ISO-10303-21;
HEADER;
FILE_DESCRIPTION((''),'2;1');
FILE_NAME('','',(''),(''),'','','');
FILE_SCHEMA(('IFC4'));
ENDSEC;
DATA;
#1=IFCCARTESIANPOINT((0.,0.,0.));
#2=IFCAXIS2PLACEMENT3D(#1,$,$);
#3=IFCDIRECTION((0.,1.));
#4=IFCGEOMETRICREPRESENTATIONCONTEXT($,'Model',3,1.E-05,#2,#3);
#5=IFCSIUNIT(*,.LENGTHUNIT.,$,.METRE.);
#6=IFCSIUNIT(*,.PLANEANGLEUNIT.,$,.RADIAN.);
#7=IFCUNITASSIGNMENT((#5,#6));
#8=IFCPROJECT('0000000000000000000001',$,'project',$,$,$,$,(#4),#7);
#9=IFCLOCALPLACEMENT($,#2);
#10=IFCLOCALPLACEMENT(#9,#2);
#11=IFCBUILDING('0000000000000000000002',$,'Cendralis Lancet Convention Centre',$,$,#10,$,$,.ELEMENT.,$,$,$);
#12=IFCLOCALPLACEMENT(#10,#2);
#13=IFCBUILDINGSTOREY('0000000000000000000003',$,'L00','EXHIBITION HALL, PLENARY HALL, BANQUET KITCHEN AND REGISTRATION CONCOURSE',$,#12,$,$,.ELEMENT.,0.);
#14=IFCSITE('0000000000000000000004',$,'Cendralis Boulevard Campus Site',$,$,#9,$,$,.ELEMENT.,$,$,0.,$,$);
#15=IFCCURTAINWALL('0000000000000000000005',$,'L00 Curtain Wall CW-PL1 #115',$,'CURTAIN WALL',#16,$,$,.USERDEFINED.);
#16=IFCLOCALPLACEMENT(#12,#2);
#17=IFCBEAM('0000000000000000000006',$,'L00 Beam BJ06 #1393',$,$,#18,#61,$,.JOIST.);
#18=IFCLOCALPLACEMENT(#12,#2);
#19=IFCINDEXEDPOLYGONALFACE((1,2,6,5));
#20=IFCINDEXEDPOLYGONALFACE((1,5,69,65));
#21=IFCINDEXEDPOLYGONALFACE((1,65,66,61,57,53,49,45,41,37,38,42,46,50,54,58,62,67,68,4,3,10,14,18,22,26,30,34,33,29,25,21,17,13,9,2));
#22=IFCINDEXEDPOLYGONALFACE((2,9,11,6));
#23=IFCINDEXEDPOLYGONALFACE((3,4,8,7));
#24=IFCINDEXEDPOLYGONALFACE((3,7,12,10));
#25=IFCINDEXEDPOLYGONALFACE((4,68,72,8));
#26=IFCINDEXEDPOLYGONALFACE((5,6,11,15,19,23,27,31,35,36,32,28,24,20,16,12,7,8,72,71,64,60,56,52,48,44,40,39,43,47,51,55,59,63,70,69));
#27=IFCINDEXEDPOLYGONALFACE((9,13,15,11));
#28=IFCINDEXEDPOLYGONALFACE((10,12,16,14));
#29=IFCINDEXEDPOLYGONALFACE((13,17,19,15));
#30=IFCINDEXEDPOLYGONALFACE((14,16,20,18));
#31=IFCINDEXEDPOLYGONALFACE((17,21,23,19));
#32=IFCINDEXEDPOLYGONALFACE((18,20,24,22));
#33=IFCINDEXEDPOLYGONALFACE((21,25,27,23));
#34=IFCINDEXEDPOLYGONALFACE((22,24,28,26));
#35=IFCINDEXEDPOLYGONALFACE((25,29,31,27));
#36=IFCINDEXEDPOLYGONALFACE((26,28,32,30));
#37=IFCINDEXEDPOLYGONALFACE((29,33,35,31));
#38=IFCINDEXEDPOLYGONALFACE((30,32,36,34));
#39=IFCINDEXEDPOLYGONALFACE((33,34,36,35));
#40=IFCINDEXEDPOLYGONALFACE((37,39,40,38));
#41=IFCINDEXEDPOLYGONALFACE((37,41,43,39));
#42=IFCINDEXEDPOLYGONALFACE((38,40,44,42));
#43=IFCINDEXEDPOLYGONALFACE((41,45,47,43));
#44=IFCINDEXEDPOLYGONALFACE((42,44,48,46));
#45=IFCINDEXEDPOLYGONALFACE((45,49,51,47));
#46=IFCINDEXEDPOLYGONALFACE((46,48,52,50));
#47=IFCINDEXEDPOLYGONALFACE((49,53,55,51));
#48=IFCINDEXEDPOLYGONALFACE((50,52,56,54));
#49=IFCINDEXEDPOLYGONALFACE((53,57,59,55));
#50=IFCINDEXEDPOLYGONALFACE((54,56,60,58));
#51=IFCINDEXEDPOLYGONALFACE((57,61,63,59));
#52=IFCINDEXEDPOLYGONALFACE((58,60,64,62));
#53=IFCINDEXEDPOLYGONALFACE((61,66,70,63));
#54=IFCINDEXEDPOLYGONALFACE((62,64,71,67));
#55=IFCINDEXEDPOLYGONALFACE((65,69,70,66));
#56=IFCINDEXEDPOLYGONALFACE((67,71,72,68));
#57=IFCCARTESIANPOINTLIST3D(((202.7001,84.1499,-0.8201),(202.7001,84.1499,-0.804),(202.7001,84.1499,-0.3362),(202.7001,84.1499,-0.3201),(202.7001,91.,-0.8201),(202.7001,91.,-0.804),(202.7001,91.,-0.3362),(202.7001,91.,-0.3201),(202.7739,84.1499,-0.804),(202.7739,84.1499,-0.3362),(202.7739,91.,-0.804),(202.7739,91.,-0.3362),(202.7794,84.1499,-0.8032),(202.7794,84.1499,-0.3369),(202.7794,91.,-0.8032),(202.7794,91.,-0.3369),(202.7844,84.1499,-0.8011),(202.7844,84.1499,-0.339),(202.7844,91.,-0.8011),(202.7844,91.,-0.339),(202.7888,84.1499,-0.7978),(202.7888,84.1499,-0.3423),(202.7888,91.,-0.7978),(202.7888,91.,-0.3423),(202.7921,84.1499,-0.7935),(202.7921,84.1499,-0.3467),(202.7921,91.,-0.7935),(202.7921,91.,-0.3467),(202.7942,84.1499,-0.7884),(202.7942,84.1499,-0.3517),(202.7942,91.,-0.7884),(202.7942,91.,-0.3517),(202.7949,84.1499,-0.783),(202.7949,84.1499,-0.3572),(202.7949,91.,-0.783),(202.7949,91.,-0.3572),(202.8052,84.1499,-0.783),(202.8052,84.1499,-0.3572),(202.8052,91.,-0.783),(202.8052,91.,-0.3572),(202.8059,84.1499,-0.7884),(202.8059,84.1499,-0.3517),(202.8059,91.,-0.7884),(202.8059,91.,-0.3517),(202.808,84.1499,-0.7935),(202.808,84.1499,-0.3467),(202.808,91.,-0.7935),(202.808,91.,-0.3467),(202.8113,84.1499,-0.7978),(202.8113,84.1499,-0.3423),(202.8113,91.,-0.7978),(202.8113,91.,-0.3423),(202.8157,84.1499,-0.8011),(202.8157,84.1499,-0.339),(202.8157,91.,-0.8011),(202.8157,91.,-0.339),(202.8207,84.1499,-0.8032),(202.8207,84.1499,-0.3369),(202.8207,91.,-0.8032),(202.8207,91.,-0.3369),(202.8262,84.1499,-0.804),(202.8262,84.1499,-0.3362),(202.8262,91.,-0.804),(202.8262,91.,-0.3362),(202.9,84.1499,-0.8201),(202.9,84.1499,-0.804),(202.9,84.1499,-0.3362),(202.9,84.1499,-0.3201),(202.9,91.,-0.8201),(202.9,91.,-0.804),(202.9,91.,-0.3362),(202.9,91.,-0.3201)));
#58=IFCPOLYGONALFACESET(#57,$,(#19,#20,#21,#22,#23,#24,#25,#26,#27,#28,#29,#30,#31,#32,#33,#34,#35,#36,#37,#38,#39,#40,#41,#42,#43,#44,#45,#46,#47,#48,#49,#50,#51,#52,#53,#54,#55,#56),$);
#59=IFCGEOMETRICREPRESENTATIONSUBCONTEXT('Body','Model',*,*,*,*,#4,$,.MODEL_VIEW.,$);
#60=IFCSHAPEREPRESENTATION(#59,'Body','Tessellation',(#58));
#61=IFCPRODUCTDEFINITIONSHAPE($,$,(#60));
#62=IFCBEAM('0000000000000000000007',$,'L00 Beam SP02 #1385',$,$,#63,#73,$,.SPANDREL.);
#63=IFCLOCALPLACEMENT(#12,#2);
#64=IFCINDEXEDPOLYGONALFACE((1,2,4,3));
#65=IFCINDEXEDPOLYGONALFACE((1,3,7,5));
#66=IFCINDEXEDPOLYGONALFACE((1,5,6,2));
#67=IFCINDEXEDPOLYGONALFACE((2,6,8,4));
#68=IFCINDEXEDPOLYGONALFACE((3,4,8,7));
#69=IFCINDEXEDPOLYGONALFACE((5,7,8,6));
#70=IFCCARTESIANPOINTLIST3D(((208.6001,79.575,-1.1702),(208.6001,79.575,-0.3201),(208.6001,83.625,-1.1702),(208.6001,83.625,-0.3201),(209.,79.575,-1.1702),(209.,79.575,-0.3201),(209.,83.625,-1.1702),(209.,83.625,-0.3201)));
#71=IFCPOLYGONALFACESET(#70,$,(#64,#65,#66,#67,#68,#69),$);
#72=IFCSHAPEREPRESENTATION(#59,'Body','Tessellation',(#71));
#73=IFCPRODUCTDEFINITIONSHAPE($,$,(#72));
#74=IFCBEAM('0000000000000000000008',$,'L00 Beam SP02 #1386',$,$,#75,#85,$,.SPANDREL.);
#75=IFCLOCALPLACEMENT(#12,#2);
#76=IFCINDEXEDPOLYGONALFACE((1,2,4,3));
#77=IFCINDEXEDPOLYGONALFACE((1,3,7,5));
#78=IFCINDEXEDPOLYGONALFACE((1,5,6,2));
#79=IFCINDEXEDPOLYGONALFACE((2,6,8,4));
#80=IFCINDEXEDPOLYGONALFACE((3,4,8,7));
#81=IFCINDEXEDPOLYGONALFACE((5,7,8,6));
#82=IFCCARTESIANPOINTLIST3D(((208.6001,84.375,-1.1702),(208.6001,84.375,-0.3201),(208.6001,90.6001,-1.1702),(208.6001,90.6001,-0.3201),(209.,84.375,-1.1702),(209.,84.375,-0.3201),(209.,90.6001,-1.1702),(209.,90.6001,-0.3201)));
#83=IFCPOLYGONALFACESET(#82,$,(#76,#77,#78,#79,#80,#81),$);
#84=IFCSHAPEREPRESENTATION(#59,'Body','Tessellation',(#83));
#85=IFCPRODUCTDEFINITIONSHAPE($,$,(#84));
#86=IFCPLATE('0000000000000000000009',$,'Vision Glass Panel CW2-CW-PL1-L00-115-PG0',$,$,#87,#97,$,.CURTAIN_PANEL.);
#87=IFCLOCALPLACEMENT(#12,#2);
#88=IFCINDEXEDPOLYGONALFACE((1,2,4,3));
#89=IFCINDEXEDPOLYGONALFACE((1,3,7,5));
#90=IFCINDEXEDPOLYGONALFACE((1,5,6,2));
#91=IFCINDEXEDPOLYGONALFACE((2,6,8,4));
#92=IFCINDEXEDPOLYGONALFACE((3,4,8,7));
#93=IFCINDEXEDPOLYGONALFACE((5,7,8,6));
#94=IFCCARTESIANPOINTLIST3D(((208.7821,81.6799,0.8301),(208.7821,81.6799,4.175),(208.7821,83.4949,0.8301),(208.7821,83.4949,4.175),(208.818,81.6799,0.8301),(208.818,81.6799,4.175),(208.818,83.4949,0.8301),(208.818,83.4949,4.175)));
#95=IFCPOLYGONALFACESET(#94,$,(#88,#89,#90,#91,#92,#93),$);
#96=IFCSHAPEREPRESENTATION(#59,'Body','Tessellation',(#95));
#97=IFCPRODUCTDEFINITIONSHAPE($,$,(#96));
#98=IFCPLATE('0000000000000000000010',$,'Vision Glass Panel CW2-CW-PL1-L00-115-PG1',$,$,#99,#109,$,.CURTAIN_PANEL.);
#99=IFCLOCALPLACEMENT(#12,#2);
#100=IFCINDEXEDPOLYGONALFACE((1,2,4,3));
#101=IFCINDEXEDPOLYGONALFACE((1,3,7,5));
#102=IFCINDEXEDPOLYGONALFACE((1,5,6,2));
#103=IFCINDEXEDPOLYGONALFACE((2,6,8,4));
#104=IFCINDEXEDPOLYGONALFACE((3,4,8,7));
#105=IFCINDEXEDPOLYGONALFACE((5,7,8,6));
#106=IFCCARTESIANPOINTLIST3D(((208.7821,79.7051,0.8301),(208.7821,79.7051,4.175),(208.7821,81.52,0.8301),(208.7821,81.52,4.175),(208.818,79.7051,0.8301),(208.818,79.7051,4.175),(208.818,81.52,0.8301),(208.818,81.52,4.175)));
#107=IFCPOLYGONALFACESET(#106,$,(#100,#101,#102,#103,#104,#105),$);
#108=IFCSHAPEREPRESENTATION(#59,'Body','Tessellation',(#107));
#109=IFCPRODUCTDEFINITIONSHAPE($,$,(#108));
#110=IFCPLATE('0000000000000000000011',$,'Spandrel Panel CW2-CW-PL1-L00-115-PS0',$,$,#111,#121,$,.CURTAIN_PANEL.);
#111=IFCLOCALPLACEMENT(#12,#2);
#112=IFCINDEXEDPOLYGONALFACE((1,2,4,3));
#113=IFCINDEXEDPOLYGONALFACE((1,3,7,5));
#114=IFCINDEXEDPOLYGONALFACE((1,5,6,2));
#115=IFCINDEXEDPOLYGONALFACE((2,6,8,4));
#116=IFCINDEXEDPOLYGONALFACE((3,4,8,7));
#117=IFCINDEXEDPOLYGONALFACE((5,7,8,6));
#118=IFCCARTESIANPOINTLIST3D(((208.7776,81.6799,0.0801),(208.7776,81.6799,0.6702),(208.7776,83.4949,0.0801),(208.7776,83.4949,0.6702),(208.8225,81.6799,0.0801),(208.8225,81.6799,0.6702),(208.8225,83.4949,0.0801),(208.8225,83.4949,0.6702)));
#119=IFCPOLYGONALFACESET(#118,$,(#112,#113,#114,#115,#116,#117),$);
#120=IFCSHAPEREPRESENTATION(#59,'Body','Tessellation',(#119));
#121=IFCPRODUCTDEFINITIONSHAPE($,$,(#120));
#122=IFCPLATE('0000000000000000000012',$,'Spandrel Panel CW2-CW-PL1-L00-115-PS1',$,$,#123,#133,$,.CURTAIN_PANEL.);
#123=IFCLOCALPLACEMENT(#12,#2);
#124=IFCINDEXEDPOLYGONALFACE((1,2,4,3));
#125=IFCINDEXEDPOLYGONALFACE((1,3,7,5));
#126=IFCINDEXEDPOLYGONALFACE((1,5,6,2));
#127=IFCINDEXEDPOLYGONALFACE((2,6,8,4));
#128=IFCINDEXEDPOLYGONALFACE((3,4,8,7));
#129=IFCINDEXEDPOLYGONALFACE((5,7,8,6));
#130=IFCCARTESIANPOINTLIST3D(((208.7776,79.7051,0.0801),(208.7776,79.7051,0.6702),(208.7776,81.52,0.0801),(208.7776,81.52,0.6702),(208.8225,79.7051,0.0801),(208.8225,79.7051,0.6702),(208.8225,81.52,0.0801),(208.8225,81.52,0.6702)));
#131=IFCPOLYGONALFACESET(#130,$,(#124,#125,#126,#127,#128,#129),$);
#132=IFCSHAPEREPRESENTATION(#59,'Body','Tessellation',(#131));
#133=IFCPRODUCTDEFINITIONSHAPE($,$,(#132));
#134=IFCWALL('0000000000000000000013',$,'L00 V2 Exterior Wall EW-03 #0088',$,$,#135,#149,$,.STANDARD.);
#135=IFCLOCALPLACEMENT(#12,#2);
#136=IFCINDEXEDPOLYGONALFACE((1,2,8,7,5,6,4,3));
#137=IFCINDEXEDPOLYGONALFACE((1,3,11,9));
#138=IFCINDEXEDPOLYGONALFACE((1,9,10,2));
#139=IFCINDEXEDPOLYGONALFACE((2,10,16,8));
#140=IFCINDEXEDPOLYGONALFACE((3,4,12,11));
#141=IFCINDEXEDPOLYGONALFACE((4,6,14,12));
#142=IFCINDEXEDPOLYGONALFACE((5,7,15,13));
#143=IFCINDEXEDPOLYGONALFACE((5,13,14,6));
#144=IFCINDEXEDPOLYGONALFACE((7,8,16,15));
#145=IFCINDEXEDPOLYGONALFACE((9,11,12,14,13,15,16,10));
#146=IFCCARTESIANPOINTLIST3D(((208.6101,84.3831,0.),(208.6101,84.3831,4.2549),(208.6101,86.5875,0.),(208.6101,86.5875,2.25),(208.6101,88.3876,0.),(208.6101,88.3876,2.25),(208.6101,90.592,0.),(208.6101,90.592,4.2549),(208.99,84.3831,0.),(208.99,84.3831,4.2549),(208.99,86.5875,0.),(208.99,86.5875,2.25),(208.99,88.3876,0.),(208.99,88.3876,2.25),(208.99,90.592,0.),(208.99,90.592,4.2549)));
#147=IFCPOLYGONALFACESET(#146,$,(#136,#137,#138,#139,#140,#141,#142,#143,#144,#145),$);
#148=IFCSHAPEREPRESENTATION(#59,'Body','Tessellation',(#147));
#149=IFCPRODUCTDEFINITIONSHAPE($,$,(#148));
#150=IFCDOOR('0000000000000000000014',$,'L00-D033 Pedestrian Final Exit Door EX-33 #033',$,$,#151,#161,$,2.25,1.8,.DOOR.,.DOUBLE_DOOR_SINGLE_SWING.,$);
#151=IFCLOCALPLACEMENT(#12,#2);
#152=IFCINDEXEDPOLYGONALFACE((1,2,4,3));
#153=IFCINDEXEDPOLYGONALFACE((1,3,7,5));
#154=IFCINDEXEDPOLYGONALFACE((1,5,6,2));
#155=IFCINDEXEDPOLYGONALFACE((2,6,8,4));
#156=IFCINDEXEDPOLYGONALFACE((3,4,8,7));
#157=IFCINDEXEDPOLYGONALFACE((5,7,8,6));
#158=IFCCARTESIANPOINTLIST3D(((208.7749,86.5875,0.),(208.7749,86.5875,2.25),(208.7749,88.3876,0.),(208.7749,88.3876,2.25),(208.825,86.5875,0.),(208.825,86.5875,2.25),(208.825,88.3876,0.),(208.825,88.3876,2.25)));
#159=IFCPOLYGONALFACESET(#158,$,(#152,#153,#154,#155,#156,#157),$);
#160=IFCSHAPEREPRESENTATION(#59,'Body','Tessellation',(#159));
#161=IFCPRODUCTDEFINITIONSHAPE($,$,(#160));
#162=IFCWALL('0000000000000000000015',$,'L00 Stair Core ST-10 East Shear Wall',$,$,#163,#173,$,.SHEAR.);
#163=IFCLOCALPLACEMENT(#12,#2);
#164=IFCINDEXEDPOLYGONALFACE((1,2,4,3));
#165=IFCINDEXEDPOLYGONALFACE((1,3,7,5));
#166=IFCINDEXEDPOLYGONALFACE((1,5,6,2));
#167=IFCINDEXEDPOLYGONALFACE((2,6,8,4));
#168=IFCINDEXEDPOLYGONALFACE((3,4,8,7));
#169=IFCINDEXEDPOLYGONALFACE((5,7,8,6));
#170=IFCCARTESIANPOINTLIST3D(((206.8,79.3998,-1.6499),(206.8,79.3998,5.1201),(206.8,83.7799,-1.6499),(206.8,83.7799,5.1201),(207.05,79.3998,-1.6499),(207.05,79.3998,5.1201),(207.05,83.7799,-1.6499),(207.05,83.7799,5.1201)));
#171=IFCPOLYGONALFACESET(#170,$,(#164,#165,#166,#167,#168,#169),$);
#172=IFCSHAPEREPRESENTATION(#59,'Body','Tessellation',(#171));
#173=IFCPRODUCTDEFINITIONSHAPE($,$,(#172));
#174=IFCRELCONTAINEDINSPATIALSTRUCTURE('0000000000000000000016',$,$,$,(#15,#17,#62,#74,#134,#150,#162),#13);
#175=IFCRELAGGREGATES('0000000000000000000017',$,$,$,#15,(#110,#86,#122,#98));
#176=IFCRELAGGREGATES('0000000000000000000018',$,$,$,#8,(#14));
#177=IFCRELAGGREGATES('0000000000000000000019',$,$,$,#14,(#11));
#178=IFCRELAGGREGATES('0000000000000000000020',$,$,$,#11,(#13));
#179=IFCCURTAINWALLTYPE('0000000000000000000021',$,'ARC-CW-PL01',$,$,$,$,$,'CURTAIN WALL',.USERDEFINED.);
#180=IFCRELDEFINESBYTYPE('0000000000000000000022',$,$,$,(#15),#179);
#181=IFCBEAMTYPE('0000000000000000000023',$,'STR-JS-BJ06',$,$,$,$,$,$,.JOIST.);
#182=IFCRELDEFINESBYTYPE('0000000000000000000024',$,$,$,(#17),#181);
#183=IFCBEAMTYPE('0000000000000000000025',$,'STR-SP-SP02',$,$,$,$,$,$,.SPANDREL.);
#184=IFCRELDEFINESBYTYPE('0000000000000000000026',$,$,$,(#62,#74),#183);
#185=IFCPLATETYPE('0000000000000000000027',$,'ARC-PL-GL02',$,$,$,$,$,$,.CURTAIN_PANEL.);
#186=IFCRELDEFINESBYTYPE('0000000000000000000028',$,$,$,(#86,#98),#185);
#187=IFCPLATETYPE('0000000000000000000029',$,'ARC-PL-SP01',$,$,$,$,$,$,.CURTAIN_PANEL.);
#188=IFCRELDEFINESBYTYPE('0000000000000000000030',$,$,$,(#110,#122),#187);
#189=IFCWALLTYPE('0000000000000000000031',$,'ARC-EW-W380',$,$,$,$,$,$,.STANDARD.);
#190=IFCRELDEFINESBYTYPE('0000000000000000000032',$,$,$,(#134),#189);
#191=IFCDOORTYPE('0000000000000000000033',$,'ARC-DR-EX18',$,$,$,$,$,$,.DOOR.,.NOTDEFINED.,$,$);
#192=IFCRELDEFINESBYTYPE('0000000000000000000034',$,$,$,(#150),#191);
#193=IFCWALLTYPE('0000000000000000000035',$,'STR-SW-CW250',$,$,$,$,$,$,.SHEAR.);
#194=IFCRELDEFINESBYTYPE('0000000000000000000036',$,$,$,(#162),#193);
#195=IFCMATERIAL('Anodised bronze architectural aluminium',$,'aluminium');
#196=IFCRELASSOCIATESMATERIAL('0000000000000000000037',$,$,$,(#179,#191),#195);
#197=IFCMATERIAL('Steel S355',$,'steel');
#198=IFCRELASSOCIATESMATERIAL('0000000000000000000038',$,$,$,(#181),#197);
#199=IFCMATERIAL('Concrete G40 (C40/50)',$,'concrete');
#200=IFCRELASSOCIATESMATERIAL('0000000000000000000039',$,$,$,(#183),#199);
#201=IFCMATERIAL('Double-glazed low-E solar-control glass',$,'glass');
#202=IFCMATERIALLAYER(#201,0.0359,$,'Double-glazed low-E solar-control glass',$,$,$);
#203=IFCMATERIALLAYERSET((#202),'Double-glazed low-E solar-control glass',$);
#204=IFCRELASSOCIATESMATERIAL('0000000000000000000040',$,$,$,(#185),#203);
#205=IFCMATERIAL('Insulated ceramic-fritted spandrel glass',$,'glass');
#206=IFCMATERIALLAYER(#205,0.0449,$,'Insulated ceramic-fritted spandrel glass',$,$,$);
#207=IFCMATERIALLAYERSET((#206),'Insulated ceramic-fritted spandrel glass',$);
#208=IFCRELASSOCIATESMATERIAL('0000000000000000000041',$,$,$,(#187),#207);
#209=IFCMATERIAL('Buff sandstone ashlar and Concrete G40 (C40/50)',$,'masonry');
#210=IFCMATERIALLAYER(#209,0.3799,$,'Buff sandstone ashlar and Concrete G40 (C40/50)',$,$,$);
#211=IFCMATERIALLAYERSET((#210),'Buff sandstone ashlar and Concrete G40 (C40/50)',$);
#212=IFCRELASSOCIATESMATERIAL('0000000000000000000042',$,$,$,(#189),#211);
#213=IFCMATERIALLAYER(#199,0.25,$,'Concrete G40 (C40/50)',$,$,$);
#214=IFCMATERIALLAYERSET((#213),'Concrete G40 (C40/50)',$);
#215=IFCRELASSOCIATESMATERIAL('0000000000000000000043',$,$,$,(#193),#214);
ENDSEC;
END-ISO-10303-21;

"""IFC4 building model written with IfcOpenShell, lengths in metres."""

from ifc_helpers import new_model, si_unit, direction, frame, frame_2d, origin, origin_2d, place, context, subcontext, project, spatial, rectangle, i_section, extrude, material, layer, layer_set, material_profile, profile_set, type_object, element, fill, aggregate, save


model = new_model("IFC4")

# Units and contexts
model_context = context("Model", 3, precision=1e-05, world=origin(), true_north=direction((0.0, 1.0)))
body_context = subcontext(model_context, "Body", "Model", "MODEL_VIEW")
ifc_project = project(units=[si_unit("LENGTHUNIT", "METRE"), si_unit("PLANEANGLEUNIT", "RADIAN")], contexts=[model_context])

# Site, building, storey
site_placement = place(None, origin())
site = spatial("IfcSite", under=ifc_project, at=site_placement, Name="Cendralis Boulevard Campus Site", CompositionType="ELEMENT", RefElevation=0.0)
building_placement = place(site_placement, origin())
building = spatial("IfcBuilding", under=site, at=building_placement, Name="Cendralis Lancet Convention Centre", CompositionType="ELEMENT")
storey_placement = place(building_placement, origin())
storey = spatial("IfcBuildingStorey", under=building, at=storey_placement, Name="L00", Description="EXHIBITION HALL, PLENARY HALL, BANQUET KITCHEN AND REGISTRATION CONCOURSE", CompositionType="ELEMENT", Elevation=0.0)

# Shared definitions
ifc_material_1 = material(Name="Concrete G40 (C40/50)", Category="concrete")

# Curtain wall
ifc_material_2 = material(Name="Anodised bronze architectural aluminium", Category="aluminium")
curtain_wall_type = type_object("IfcCurtainWallType", Name="ARC-CW-PL01", ElementType="CURTAIN WALL", PredefinedType="USERDEFINED", material=ifc_material_2)
curtain_wall_placement = place(storey_placement, origin())
curtain_wall = element("IfcCurtainWall", 1, at=curtain_wall_placement, inside=storey, type_object=curtain_wall_type, Name="L00 Curtain Wall CW-PL1 #115", ObjectType="CURTAIN WALL", PredefinedType="USERDEFINED")

# Beams
ifc_material_3 = material(Name="Steel S355", Category="steel")
ifc_material_profile_1 = material_profile(ifc_material_3, i_section(OverallWidth=0.2, OverallDepth=0.5, WebThickness=0.0103, FlangeThickness=0.0161, FilletRadius=0.021, at=origin_2d()), Name="IPE 500")
ifc_profile_set_1 = profile_set([ifc_material_profile_1], Name="Steel S355")
beam_type_1 = type_object("IfcBeamType", Name="STR-JS-BJ06", PredefinedType="JOIST", material=ifc_profile_set_1)
beam_1_placement = place(storey_placement, frame((202.8, 84.1499, -0.5701), z_axis=(0.0, 1.0, 0.0), x_axis=(-1.0, 0.0, 0.0)))
element("IfcBeam", 2, at=beam_1_placement, inside=storey, type_object=beam_type_1, Name="L00 Beam BJ06 #1393", PredefinedType="JOIST", context=body_context, shape_type="SweptSolid", body=[
    extrude(i_section(OverallWidth=0.2, OverallDepth=0.5, WebThickness=0.0103, FlangeThickness=0.0161, FilletRadius=0.021, at=origin_2d()), origin(), (0.0, 0.0, 1.0), 6.8501),
])
ifc_material_profile_2 = material_profile(ifc_material_1, rectangle(XDim=0.3999, YDim=0.8501, at=origin_2d()), Name="RCB 400x850")
ifc_profile_set_2 = profile_set([ifc_material_profile_2], Name="Concrete G40 (C40/50)")
beam_type_2 = type_object("IfcBeamType", Name="STR-SP-SP02", PredefinedType="SPANDREL", material=ifc_profile_set_2)
beam_2_placement = place(storey_placement, frame((208.8, 79.575, -0.7451), z_axis=(0.0, 1.0, 0.0), x_axis=(-1.0, 0.0, 0.0)))
element("IfcBeam", 3, at=beam_2_placement, inside=storey, type_object=beam_type_2, Name="L00 Beam SP02 #1385", PredefinedType="SPANDREL", context=body_context, shape_type="SweptSolid", body=[
    extrude(rectangle(XDim=0.3999, YDim=0.8501, at=origin_2d()), origin(), (0.0, 0.0, 1.0), 4.05),
])
beam_3_placement = place(storey_placement, frame((208.8, 84.375, -0.7451), z_axis=(0.0, 1.0, 0.0), x_axis=(-1.0, 0.0, 0.0)))
element("IfcBeam", 4, at=beam_3_placement, inside=storey, type_object=beam_type_2, Name="L00 Beam SP02 #1386", PredefinedType="SPANDREL", context=body_context, shape_type="SweptSolid", body=[
    extrude(rectangle(XDim=0.3999, YDim=0.8501, at=origin_2d()), origin(), (0.0, 0.0, 1.0), 6.2251),
])

# Plates
ifc_material_4 = material(Name="Double-glazed low-E solar-control glass", Category="glass")
ifc_layer_1 = layer(ifc_material_4, 0.0359, Name="Double-glazed low-E solar-control glass")
ifc_layer_set_1 = layer_set([ifc_layer_1], Name="Double-glazed low-E solar-control glass")
plate_type_1 = type_object("IfcPlateType", Name="ARC-PL-GL02", PredefinedType="CURTAIN_PANEL", material=ifc_layer_set_1)
plate_1_placement = place(storey_placement, frame((208.8, 82.5874, 0.8301), z_axis=(0.0, 0.0, 1.0), x_axis=(0.0, -1.0, 0.0)))
plate_1 = element("IfcPlate", 5, at=plate_1_placement, type_object=plate_type_1, Name="Vision Glass Panel CW2-CW-PL1-L00-115-PG0", PredefinedType="CURTAIN_PANEL", context=body_context, shape_type="SweptSolid", body=[
    extrude(rectangle(XDim=1.8149, YDim=0.0359, at=origin_2d()), origin(), (0.0, 0.0, 1.0), 3.345),
])
plate_2_placement = place(storey_placement, frame((208.8, 80.6125, 0.8301), z_axis=(0.0, 0.0, 1.0), x_axis=(0.0, -1.0, 0.0)))
plate_2 = element("IfcPlate", 6, at=plate_2_placement, type_object=plate_type_1, Name="Vision Glass Panel CW2-CW-PL1-L00-115-PG1", PredefinedType="CURTAIN_PANEL", context=body_context, shape_type="SweptSolid", body=[
    extrude(rectangle(XDim=1.8149, YDim=0.0359, at=origin_2d()), origin(), (0.0, 0.0, 1.0), 3.345),
])
ifc_material_5 = material(Name="Insulated ceramic-fritted spandrel glass", Category="glass")
ifc_layer_2 = layer(ifc_material_5, 0.0449, Name="Insulated ceramic-fritted spandrel glass")
ifc_layer_set_2 = layer_set([ifc_layer_2], Name="Insulated ceramic-fritted spandrel glass")
plate_type_2 = type_object("IfcPlateType", Name="ARC-PL-SP01", PredefinedType="CURTAIN_PANEL", material=ifc_layer_set_2)
plate_3_placement = place(storey_placement, frame((208.8, 82.5874, 0.0801), z_axis=(0.0, 0.0, 1.0), x_axis=(0.0, -1.0, 0.0)))
plate_3 = element("IfcPlate", 7, at=plate_3_placement, type_object=plate_type_2, Name="Spandrel Panel CW2-CW-PL1-L00-115-PS0", PredefinedType="CURTAIN_PANEL", context=body_context, shape_type="SweptSolid", body=[
    extrude(rectangle(XDim=1.8149, YDim=0.0449, at=origin_2d()), origin(), (0.0, 0.0, 1.0), 0.5901),
])
plate_4_placement = place(storey_placement, frame((208.8, 80.6125, 0.0801), z_axis=(0.0, 0.0, 1.0), x_axis=(0.0, -1.0, 0.0)))
plate_4 = element("IfcPlate", 8, at=plate_4_placement, type_object=plate_type_2, Name="Spandrel Panel CW2-CW-PL1-L00-115-PS1", PredefinedType="CURTAIN_PANEL", context=body_context, shape_type="SweptSolid", body=[
    extrude(rectangle(XDim=1.8149, YDim=0.0449, at=origin_2d()), origin(), (0.0, 0.0, 1.0), 0.5901),
])
aggregate(curtain_wall, [plate_3, plate_1, plate_4, plate_2])

# Wall, opening, door
ifc_material_6 = material(Name="Buff sandstone ashlar and Concrete G40 (C40/50)", Category="masonry")
ifc_layer_3 = layer(ifc_material_6, 0.3799, Name="Buff sandstone ashlar and Concrete G40 (C40/50)")
ifc_layer_set_3 = layer_set([ifc_layer_3], Name="Buff sandstone ashlar and Concrete G40 (C40/50)")
wall_type_1 = type_object("IfcWallType", Name="ARC-EW-W380", PredefinedType="STANDARD", material=ifc_layer_set_3)
wall_1_placement = place(storey_placement, frame((208.8, 90.592, 0.0), z_axis=(0.0, 0.0, 1.0), x_axis=(0.0, -1.0, 0.0)))
wall_1 = element("IfcWall", 9, at=wall_1_placement, inside=storey, type_object=wall_type_1, Name="L00 V2 Exterior Wall EW-03 #0088", PredefinedType="STANDARD", context=body_context, shape_type="SweptSolid", body=[
    extrude(rectangle(XDim=6.209, YDim=0.3799, at=frame_2d((3.1045, 0.0))), origin(), (0.0, 0.0, 1.0), 4.2549),
])
opening_placement = place(wall_1_placement, frame((2.2046, 0.0, 0.0)))
opening = element("IfcOpeningElement", 10, at=opening_placement, cuts=wall_1, PredefinedType="OPENING", context=body_context, shape_type="SweptSolid", body=[
    extrude(rectangle(XDim=1.8, YDim=2.25, at=frame_2d((0.8999, 1.125))), frame((0.0, 0.2, 0.0), z_axis=(0.0, -1.0, 0.0), x_axis=(1.0, 0.0, 0.0)), (0.0, 0.0, 1.0), 0.3999),
])
door_type = type_object("IfcDoorType", Name="ARC-DR-EX18", OperationType="NOTDEFINED", PredefinedType="DOOR", material=ifc_material_2)
door_placement = place(opening_placement, origin())
door = element("IfcDoor", 11, at=door_placement, inside=storey, type_object=door_type, Name="L00-D033 Pedestrian Final Exit Door EX-33 #033", OperationType="DOUBLE_DOOR_SINGLE_SWING", OverallHeight=2.25, OverallWidth=1.8, PredefinedType="DOOR", context=body_context, shape_type="SweptSolid", body=[
    extrude(rectangle(XDim=1.8, YDim=2.25, at=frame_2d((0.8999, 1.125))), frame((0.0, 0.0249, 0.0), z_axis=(0.0, -1.0, 0.0), x_axis=(1.0, 0.0, 0.0)), (0.0, 0.0, 1.0), 0.05),
])
fill(opening, door)

# Wall
ifc_layer_4 = layer(ifc_material_1, 0.25, Name="Concrete G40 (C40/50)")
ifc_layer_set_4 = layer_set([ifc_layer_4], Name="Concrete G40 (C40/50)")
wall_type_2 = type_object("IfcWallType", Name="STR-SW-CW250", PredefinedType="SHEAR", material=ifc_layer_set_4)
wall_2_placement = place(storey_placement, frame((206.925, 79.3999, -1.6499), z_axis=(0.0, 0.0, 1.0), x_axis=(0.0, 1.0, 0.0)))
element("IfcWall", 12, at=wall_2_placement, inside=storey, type_object=wall_type_2, Name="L00 Stair Core ST-10 East Shear Wall", PredefinedType="SHEAR", context=body_context, shape_type="SweptSolid", body=[
    extrude(rectangle(XDim=4.3801, YDim=0.25, at=frame_2d((2.1899, 0.0))), origin(), (0.0, 0.0, 1.0), 6.77),
])

save(model, "model.ifc")
